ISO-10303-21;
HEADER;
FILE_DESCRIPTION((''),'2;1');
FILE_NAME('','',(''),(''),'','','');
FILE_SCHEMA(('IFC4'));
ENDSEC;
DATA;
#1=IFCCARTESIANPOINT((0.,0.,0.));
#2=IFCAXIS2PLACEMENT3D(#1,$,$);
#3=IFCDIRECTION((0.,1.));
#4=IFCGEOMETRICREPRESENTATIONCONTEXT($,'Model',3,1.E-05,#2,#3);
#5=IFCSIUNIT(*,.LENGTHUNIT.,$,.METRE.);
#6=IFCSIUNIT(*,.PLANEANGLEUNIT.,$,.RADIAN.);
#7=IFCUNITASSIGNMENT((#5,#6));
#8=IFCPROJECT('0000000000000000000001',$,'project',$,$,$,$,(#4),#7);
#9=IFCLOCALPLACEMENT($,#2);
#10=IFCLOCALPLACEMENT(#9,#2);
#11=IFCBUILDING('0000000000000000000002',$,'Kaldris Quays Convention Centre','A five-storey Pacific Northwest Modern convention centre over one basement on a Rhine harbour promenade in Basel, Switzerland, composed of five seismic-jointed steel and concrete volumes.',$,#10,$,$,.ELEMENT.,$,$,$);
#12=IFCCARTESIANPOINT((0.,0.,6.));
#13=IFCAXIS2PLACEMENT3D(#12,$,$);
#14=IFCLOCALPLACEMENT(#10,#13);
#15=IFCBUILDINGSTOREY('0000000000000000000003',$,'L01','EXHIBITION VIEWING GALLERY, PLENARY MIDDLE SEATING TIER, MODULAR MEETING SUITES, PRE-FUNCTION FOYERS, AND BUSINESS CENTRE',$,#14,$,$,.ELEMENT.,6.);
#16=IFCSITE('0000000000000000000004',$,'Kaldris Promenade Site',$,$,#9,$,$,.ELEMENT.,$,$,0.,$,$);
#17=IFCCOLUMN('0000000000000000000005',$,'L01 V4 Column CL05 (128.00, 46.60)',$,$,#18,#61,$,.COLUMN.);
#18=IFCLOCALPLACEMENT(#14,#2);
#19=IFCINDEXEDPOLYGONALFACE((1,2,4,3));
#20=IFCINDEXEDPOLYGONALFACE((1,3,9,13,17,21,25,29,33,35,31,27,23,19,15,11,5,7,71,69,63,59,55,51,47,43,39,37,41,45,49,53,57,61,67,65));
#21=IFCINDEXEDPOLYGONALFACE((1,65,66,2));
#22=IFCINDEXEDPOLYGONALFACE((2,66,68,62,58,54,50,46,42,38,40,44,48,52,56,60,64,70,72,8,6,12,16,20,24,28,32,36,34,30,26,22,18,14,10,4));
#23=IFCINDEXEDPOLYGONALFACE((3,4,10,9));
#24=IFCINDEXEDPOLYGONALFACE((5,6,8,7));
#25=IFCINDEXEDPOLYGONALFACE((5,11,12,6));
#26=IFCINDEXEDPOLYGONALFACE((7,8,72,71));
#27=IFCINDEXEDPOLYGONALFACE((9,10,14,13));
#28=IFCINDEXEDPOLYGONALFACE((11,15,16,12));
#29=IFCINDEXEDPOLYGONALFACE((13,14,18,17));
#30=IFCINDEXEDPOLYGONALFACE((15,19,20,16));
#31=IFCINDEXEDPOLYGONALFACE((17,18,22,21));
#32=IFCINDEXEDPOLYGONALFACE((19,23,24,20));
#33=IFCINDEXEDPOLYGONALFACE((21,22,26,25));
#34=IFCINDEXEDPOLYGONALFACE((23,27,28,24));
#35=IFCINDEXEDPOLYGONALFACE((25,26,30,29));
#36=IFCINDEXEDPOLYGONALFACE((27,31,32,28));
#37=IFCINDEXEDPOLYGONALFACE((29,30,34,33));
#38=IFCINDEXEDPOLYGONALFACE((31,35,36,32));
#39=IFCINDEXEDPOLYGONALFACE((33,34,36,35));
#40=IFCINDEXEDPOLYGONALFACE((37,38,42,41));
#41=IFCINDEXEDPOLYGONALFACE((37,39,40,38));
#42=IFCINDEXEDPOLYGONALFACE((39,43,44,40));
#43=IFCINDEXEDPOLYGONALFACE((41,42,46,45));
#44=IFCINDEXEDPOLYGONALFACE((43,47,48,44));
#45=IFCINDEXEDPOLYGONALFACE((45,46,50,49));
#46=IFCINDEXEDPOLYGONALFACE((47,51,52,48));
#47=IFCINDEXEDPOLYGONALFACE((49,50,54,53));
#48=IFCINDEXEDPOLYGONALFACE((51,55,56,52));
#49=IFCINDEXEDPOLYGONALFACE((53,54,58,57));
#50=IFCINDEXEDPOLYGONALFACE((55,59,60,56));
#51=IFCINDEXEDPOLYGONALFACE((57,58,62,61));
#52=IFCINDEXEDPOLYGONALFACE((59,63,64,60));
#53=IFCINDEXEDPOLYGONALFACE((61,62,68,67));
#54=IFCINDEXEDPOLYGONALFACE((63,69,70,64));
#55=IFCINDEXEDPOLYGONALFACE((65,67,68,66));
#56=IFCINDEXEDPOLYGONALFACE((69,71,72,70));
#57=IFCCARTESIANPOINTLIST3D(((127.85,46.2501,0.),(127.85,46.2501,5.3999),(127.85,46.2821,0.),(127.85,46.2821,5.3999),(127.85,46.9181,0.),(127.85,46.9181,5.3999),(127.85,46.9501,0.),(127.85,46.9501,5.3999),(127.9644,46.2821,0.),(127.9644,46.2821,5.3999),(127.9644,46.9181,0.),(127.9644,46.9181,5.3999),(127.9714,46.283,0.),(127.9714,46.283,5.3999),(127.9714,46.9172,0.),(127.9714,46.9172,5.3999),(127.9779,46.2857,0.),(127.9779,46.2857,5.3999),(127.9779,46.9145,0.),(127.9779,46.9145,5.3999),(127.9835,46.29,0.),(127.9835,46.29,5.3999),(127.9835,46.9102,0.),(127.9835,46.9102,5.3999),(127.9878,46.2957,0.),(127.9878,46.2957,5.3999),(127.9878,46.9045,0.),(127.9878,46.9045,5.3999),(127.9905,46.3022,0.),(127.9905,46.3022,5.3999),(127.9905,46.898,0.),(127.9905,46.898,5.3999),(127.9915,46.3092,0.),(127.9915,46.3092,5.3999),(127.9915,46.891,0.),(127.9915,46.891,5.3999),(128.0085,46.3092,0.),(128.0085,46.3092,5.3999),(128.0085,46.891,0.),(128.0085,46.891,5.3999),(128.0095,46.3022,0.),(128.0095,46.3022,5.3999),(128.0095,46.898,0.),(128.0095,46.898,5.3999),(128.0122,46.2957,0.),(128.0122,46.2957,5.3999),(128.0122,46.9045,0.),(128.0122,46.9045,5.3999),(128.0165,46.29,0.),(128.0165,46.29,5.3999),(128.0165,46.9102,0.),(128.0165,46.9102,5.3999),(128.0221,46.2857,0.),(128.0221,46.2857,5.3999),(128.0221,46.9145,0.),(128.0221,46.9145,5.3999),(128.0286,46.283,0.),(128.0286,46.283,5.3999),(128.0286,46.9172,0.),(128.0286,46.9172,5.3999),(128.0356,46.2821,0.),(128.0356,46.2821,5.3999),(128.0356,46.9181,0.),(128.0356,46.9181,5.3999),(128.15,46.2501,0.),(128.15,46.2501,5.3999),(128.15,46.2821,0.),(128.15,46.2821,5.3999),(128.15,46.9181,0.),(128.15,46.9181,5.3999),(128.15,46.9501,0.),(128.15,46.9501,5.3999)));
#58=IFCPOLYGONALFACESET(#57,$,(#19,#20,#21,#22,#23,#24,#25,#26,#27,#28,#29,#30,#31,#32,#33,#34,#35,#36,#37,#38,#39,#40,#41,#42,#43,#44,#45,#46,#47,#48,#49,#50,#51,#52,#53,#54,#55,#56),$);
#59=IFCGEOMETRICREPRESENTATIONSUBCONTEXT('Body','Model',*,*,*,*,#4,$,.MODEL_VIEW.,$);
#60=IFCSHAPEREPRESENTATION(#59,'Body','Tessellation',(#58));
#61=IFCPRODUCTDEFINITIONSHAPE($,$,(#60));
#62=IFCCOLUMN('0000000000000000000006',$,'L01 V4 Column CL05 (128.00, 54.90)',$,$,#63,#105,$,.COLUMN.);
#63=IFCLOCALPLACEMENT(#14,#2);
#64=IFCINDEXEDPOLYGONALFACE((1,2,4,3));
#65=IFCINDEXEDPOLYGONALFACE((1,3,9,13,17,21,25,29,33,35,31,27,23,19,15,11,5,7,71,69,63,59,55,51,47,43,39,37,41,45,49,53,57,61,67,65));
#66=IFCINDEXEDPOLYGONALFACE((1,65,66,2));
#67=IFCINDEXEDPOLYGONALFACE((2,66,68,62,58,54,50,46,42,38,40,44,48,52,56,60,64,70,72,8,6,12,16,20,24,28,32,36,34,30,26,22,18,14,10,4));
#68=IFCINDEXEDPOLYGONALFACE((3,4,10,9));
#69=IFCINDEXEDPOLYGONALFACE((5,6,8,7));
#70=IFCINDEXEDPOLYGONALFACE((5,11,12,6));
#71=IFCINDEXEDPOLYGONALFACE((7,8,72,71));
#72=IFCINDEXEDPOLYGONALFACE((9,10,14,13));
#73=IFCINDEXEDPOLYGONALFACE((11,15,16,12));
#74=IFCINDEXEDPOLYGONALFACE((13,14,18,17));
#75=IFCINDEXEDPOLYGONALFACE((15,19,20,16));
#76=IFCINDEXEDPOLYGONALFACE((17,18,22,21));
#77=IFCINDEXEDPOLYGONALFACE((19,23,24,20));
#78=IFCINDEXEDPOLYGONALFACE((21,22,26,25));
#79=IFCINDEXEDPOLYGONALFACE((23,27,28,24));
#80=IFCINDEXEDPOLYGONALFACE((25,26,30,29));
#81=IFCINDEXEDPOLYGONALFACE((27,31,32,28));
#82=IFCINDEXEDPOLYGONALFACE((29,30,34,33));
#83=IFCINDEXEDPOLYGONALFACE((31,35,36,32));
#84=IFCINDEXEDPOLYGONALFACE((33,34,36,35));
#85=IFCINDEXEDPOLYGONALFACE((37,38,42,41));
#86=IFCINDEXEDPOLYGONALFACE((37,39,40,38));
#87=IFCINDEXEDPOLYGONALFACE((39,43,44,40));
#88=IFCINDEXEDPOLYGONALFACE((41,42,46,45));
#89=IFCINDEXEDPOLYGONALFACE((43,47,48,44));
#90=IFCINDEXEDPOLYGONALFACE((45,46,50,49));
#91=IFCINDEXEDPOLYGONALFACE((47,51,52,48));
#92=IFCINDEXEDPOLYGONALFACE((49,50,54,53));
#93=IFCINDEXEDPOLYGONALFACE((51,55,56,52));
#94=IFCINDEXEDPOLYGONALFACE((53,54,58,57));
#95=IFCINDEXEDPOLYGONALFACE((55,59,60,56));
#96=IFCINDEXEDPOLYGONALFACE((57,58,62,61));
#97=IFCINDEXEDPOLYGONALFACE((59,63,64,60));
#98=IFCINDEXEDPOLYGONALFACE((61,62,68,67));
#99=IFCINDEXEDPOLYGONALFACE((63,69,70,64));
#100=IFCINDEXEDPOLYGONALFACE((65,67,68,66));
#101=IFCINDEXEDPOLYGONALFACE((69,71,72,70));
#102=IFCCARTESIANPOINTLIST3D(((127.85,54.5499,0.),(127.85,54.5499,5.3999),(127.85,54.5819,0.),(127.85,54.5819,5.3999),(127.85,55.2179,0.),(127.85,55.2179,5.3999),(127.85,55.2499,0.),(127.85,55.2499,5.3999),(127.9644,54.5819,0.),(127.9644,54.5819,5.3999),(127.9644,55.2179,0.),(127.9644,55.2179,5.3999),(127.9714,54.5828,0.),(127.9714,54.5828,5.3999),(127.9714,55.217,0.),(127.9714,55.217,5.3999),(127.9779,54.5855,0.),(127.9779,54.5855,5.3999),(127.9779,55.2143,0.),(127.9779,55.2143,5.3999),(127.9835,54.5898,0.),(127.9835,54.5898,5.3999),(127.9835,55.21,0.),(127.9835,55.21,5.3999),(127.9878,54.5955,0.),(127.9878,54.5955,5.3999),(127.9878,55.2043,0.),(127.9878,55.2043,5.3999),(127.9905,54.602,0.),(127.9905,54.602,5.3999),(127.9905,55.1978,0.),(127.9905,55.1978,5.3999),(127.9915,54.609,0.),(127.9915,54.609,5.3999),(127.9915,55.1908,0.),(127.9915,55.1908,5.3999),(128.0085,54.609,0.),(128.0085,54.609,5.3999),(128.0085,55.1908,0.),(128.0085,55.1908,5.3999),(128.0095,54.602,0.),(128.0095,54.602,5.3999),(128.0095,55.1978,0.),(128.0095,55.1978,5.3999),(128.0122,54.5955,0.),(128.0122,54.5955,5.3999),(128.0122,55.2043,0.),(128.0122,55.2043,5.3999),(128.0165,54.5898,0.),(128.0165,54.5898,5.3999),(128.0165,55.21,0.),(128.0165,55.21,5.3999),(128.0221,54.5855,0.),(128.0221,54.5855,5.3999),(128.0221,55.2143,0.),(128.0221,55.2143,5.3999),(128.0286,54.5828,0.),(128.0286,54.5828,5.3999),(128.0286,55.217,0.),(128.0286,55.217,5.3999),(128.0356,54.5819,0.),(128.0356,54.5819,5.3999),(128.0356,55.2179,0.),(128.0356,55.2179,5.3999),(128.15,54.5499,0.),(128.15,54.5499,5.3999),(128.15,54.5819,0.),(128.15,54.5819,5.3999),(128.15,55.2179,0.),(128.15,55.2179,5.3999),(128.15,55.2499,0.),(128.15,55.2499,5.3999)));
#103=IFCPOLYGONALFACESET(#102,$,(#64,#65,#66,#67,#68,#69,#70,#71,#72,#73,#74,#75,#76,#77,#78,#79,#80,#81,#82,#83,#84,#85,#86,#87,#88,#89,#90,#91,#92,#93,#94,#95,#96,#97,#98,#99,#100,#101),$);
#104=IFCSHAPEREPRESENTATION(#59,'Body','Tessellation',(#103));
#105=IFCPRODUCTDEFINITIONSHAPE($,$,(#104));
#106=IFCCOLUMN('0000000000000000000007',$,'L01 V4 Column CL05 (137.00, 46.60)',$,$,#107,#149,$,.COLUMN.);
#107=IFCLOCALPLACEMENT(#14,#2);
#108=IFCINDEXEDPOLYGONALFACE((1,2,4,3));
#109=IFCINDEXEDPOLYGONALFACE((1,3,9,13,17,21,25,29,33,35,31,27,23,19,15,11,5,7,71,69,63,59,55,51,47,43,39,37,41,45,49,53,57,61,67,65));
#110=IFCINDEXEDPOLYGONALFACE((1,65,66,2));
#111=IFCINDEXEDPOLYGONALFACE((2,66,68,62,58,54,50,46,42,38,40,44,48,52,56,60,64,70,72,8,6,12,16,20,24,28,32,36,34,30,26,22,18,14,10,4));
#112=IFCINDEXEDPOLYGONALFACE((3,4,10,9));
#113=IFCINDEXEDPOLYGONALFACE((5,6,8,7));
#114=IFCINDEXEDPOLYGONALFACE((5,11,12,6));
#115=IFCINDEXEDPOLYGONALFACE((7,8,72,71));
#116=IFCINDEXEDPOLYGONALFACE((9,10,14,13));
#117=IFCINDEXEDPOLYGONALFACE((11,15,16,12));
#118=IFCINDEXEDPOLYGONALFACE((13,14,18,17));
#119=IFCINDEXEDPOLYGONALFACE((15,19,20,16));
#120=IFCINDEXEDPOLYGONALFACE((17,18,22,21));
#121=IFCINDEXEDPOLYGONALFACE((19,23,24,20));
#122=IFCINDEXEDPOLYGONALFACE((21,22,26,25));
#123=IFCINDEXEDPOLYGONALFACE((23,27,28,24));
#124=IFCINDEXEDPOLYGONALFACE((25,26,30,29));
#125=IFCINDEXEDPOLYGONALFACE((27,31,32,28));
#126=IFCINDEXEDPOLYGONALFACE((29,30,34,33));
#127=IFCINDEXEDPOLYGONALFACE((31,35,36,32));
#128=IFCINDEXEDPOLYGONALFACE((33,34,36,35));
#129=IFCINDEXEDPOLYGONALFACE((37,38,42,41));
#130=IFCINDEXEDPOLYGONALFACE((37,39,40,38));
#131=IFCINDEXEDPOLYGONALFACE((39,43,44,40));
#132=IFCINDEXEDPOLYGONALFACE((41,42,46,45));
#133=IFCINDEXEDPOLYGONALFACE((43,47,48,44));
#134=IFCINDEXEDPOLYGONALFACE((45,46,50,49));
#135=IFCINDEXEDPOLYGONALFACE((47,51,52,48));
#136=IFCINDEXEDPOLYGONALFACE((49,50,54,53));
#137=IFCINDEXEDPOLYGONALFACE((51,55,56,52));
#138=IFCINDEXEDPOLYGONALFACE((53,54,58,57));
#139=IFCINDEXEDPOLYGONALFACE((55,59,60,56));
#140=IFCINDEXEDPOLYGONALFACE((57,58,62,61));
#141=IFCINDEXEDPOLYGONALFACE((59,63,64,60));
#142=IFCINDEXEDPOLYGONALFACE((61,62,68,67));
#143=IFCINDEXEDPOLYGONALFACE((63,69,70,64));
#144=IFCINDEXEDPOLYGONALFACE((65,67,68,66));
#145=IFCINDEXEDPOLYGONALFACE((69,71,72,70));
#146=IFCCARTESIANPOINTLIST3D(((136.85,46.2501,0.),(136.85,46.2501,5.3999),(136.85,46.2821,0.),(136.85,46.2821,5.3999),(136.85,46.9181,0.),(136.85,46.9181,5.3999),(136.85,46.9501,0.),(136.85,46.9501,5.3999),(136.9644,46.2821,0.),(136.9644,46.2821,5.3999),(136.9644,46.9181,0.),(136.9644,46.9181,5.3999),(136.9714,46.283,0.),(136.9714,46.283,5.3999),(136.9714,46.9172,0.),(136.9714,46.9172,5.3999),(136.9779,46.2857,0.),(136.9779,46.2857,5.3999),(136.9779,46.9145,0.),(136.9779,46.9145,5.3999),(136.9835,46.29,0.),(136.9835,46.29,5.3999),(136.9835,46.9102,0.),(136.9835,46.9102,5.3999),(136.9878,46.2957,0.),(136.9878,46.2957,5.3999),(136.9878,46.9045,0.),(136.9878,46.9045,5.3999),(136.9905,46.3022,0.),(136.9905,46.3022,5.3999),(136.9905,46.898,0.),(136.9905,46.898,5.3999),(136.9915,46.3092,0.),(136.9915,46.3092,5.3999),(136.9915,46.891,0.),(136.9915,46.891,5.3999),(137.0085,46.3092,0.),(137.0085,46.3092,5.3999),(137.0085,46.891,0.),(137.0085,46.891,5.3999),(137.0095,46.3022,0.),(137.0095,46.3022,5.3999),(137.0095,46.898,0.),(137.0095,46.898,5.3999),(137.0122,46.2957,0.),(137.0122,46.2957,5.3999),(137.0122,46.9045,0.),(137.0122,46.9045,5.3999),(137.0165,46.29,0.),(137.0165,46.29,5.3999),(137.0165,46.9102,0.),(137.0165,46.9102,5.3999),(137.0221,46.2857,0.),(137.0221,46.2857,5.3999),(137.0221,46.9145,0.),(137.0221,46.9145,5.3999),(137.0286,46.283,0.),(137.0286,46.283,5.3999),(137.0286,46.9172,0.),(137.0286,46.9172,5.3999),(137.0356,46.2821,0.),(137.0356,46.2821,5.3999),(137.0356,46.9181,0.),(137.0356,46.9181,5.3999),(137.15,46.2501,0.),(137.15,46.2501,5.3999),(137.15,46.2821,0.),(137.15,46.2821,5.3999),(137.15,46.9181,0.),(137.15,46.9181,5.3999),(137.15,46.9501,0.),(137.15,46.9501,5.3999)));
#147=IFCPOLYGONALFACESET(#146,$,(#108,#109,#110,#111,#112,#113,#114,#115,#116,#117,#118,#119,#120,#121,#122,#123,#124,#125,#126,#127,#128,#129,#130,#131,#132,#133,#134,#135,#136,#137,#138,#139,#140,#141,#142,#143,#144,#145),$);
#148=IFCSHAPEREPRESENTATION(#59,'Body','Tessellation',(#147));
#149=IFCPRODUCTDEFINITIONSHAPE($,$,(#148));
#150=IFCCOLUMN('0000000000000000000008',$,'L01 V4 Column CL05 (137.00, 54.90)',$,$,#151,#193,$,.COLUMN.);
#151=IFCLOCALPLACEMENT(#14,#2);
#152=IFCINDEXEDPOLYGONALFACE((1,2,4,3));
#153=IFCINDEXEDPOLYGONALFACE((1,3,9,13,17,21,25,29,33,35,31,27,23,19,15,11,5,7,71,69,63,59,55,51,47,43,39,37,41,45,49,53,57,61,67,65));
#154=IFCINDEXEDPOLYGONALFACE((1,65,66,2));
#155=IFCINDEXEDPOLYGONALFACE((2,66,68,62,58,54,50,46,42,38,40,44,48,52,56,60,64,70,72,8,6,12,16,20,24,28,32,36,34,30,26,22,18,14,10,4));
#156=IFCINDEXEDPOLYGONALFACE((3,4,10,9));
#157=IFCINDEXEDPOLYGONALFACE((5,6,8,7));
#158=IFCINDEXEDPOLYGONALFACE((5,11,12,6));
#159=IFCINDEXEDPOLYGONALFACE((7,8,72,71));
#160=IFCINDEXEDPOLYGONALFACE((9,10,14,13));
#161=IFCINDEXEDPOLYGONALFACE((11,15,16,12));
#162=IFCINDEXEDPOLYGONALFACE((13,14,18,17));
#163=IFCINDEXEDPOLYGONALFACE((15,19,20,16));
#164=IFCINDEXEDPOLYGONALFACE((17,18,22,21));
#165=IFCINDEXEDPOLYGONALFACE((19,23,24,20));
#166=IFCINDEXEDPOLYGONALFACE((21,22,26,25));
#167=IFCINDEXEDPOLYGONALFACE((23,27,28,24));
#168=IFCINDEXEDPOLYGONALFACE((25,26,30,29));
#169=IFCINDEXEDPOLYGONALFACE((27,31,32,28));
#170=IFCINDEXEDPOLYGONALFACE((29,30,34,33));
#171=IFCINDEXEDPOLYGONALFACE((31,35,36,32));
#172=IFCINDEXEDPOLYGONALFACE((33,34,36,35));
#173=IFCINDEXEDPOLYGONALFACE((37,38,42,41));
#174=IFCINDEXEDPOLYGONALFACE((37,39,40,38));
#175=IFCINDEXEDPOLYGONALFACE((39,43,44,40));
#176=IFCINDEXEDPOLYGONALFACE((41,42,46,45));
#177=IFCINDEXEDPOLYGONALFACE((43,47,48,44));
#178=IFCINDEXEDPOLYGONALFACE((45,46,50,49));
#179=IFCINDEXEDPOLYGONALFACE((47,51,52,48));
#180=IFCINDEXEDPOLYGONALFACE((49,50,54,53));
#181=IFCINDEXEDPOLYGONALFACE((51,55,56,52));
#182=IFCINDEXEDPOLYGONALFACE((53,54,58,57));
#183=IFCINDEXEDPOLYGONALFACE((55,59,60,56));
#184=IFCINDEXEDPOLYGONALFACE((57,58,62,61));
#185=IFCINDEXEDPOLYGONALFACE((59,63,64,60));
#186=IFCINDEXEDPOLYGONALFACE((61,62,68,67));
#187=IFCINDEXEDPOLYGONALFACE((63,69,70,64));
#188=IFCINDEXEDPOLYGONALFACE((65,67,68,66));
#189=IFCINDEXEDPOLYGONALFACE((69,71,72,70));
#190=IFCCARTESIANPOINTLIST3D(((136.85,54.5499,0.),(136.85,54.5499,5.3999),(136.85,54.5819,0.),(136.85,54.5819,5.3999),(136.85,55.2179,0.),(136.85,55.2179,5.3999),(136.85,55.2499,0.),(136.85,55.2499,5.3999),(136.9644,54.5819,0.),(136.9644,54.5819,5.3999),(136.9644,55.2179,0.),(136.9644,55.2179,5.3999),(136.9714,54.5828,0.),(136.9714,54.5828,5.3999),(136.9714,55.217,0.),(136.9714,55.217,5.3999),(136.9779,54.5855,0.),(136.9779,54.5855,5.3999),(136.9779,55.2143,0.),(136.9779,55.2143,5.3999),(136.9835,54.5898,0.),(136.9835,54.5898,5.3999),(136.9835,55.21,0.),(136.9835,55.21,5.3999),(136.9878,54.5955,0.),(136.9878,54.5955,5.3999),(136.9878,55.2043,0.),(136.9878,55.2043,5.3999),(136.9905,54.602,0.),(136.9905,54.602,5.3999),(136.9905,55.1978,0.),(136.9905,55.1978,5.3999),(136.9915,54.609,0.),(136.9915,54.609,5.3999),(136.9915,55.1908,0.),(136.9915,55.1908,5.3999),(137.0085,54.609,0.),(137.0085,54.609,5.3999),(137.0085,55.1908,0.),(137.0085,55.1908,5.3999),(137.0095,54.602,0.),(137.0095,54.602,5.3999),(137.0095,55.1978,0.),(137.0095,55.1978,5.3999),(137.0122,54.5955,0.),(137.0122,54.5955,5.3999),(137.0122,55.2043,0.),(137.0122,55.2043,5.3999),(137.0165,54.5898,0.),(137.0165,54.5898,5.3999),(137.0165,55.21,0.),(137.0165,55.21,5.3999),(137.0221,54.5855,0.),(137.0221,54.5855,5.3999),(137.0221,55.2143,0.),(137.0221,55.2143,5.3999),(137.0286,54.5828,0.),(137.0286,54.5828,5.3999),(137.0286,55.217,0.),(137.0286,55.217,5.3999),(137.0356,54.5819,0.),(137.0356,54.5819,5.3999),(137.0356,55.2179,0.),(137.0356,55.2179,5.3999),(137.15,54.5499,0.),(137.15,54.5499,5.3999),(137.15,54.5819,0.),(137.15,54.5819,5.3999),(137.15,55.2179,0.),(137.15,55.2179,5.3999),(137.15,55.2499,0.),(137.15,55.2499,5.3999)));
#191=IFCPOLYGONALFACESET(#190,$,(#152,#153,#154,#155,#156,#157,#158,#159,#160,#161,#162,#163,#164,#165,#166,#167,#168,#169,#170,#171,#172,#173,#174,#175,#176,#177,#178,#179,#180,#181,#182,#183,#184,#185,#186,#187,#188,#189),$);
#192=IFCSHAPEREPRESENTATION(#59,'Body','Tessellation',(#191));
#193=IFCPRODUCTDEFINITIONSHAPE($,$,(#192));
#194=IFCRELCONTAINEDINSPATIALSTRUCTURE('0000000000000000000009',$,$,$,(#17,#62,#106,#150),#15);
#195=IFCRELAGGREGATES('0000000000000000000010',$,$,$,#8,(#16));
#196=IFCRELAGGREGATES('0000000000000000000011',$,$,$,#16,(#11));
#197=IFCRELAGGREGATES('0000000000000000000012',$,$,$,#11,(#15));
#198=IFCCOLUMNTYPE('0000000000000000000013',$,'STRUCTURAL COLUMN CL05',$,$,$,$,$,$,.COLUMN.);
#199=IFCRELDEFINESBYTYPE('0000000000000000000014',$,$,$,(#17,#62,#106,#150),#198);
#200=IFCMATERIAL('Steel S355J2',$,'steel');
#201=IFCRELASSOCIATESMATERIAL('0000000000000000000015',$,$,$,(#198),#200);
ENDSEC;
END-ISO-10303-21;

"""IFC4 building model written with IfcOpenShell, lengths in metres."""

from ifc_helpers import new_model, si_unit, direction, frame, origin, origin_2d, place, context, subcontext, project, spatial, i_section, extrude, material, material_profile, profile_set, type_object, element, save


model = new_model("IFC4")

# Units and contexts
model_context = context("Model", 3, precision=1e-05, world=origin(), true_north=direction((0.0, 1.0)))
body_context = subcontext(model_context, "Body", "Model", "MODEL_VIEW")
ifc_project = project(units=[si_unit("LENGTHUNIT", "METRE"), si_unit("PLANEANGLEUNIT", "RADIAN")], contexts=[model_context])

# Site, building, storey
site_placement = place(None, origin())
site = spatial("IfcSite", under=ifc_project, at=site_placement, Name="Kaldris Promenade Site", CompositionType="ELEMENT", RefElevation=0.0)
building_placement = place(site_placement, origin())
building = spatial("IfcBuilding", under=site, at=building_placement, Name="Kaldris Quays Convention Centre", Description="A five-storey Pacific Northwest Modern convention centre over one basement on a Rhine harbour promenade in Basel, Switzerland, composed of five seismic-jointed steel and concrete volumes.", CompositionType="ELEMENT")
storey_placement = place(building_placement, frame((0.0, 0.0, 6.0)))
storey = spatial("IfcBuildingStorey", under=building, at=storey_placement, Name="L01", Description="EXHIBITION VIEWING GALLERY, PLENARY MIDDLE SEATING TIER, MODULAR MEETING SUITES, PRE-FUNCTION FOYERS, AND BUSINESS CENTRE", CompositionType="ELEMENT", Elevation=6.0)

# Columns
ifc_material_1 = material(Name="Steel S355J2", Category="steel")
ifc_material_profile_1 = material_profile(ifc_material_1, i_section(OverallWidth=0.3, OverallDepth=0.7, WebThickness=0.0171, FlangeThickness=0.032, FilletRadius=0.0271, at=origin_2d()), Name="HEB 700")
ifc_profile_set_1 = profile_set([ifc_material_profile_1], Name="Steel S355J2")
column_type = type_object("IfcColumnType", Name="STRUCTURAL COLUMN CL05", PredefinedType="COLUMN", material=ifc_profile_set_1)
for number, where, z_axis, x_axis, name in (
    (1, (128.0, 46.6001, 0.0), (0.0, 0.0, 1.0), (1.0, 0.0, 0.0), "L01 V4 Column CL05 (128.00, 46.60)"),
    (2, (128.0, 54.8999, 0.0), (0.0, 0.0, 1.0), (1.0, 0.0, 0.0), "L01 V4 Column CL05 (128.00, 54.90)"),
    (3, (137.0, 46.6001, 0.0), (0.0, 0.0, 1.0), (1.0, 0.0, 0.0), "L01 V4 Column CL05 (137.00, 46.60)"),
    (4, (137.0, 54.8999, 0.0), (0.0, 0.0, 1.0), (1.0, 0.0, 0.0), "L01 V4 Column CL05 (137.00, 54.90)"),
):
    element("IfcColumn", number, at=place(storey_placement, frame(where, z_axis=z_axis, x_axis=x_axis)), inside=storey, type_object=column_type, Name=name, PredefinedType="COLUMN", context=body_context, shape_type="SweptSolid", body=[
        extrude(i_section(OverallWidth=0.3, OverallDepth=0.7, WebThickness=0.0171, FlangeThickness=0.032, FilletRadius=0.0271, at=origin_2d()), origin(), (0.0, 0.0, 1.0), 5.3999),
    ])

save(model, "model.ifc")
